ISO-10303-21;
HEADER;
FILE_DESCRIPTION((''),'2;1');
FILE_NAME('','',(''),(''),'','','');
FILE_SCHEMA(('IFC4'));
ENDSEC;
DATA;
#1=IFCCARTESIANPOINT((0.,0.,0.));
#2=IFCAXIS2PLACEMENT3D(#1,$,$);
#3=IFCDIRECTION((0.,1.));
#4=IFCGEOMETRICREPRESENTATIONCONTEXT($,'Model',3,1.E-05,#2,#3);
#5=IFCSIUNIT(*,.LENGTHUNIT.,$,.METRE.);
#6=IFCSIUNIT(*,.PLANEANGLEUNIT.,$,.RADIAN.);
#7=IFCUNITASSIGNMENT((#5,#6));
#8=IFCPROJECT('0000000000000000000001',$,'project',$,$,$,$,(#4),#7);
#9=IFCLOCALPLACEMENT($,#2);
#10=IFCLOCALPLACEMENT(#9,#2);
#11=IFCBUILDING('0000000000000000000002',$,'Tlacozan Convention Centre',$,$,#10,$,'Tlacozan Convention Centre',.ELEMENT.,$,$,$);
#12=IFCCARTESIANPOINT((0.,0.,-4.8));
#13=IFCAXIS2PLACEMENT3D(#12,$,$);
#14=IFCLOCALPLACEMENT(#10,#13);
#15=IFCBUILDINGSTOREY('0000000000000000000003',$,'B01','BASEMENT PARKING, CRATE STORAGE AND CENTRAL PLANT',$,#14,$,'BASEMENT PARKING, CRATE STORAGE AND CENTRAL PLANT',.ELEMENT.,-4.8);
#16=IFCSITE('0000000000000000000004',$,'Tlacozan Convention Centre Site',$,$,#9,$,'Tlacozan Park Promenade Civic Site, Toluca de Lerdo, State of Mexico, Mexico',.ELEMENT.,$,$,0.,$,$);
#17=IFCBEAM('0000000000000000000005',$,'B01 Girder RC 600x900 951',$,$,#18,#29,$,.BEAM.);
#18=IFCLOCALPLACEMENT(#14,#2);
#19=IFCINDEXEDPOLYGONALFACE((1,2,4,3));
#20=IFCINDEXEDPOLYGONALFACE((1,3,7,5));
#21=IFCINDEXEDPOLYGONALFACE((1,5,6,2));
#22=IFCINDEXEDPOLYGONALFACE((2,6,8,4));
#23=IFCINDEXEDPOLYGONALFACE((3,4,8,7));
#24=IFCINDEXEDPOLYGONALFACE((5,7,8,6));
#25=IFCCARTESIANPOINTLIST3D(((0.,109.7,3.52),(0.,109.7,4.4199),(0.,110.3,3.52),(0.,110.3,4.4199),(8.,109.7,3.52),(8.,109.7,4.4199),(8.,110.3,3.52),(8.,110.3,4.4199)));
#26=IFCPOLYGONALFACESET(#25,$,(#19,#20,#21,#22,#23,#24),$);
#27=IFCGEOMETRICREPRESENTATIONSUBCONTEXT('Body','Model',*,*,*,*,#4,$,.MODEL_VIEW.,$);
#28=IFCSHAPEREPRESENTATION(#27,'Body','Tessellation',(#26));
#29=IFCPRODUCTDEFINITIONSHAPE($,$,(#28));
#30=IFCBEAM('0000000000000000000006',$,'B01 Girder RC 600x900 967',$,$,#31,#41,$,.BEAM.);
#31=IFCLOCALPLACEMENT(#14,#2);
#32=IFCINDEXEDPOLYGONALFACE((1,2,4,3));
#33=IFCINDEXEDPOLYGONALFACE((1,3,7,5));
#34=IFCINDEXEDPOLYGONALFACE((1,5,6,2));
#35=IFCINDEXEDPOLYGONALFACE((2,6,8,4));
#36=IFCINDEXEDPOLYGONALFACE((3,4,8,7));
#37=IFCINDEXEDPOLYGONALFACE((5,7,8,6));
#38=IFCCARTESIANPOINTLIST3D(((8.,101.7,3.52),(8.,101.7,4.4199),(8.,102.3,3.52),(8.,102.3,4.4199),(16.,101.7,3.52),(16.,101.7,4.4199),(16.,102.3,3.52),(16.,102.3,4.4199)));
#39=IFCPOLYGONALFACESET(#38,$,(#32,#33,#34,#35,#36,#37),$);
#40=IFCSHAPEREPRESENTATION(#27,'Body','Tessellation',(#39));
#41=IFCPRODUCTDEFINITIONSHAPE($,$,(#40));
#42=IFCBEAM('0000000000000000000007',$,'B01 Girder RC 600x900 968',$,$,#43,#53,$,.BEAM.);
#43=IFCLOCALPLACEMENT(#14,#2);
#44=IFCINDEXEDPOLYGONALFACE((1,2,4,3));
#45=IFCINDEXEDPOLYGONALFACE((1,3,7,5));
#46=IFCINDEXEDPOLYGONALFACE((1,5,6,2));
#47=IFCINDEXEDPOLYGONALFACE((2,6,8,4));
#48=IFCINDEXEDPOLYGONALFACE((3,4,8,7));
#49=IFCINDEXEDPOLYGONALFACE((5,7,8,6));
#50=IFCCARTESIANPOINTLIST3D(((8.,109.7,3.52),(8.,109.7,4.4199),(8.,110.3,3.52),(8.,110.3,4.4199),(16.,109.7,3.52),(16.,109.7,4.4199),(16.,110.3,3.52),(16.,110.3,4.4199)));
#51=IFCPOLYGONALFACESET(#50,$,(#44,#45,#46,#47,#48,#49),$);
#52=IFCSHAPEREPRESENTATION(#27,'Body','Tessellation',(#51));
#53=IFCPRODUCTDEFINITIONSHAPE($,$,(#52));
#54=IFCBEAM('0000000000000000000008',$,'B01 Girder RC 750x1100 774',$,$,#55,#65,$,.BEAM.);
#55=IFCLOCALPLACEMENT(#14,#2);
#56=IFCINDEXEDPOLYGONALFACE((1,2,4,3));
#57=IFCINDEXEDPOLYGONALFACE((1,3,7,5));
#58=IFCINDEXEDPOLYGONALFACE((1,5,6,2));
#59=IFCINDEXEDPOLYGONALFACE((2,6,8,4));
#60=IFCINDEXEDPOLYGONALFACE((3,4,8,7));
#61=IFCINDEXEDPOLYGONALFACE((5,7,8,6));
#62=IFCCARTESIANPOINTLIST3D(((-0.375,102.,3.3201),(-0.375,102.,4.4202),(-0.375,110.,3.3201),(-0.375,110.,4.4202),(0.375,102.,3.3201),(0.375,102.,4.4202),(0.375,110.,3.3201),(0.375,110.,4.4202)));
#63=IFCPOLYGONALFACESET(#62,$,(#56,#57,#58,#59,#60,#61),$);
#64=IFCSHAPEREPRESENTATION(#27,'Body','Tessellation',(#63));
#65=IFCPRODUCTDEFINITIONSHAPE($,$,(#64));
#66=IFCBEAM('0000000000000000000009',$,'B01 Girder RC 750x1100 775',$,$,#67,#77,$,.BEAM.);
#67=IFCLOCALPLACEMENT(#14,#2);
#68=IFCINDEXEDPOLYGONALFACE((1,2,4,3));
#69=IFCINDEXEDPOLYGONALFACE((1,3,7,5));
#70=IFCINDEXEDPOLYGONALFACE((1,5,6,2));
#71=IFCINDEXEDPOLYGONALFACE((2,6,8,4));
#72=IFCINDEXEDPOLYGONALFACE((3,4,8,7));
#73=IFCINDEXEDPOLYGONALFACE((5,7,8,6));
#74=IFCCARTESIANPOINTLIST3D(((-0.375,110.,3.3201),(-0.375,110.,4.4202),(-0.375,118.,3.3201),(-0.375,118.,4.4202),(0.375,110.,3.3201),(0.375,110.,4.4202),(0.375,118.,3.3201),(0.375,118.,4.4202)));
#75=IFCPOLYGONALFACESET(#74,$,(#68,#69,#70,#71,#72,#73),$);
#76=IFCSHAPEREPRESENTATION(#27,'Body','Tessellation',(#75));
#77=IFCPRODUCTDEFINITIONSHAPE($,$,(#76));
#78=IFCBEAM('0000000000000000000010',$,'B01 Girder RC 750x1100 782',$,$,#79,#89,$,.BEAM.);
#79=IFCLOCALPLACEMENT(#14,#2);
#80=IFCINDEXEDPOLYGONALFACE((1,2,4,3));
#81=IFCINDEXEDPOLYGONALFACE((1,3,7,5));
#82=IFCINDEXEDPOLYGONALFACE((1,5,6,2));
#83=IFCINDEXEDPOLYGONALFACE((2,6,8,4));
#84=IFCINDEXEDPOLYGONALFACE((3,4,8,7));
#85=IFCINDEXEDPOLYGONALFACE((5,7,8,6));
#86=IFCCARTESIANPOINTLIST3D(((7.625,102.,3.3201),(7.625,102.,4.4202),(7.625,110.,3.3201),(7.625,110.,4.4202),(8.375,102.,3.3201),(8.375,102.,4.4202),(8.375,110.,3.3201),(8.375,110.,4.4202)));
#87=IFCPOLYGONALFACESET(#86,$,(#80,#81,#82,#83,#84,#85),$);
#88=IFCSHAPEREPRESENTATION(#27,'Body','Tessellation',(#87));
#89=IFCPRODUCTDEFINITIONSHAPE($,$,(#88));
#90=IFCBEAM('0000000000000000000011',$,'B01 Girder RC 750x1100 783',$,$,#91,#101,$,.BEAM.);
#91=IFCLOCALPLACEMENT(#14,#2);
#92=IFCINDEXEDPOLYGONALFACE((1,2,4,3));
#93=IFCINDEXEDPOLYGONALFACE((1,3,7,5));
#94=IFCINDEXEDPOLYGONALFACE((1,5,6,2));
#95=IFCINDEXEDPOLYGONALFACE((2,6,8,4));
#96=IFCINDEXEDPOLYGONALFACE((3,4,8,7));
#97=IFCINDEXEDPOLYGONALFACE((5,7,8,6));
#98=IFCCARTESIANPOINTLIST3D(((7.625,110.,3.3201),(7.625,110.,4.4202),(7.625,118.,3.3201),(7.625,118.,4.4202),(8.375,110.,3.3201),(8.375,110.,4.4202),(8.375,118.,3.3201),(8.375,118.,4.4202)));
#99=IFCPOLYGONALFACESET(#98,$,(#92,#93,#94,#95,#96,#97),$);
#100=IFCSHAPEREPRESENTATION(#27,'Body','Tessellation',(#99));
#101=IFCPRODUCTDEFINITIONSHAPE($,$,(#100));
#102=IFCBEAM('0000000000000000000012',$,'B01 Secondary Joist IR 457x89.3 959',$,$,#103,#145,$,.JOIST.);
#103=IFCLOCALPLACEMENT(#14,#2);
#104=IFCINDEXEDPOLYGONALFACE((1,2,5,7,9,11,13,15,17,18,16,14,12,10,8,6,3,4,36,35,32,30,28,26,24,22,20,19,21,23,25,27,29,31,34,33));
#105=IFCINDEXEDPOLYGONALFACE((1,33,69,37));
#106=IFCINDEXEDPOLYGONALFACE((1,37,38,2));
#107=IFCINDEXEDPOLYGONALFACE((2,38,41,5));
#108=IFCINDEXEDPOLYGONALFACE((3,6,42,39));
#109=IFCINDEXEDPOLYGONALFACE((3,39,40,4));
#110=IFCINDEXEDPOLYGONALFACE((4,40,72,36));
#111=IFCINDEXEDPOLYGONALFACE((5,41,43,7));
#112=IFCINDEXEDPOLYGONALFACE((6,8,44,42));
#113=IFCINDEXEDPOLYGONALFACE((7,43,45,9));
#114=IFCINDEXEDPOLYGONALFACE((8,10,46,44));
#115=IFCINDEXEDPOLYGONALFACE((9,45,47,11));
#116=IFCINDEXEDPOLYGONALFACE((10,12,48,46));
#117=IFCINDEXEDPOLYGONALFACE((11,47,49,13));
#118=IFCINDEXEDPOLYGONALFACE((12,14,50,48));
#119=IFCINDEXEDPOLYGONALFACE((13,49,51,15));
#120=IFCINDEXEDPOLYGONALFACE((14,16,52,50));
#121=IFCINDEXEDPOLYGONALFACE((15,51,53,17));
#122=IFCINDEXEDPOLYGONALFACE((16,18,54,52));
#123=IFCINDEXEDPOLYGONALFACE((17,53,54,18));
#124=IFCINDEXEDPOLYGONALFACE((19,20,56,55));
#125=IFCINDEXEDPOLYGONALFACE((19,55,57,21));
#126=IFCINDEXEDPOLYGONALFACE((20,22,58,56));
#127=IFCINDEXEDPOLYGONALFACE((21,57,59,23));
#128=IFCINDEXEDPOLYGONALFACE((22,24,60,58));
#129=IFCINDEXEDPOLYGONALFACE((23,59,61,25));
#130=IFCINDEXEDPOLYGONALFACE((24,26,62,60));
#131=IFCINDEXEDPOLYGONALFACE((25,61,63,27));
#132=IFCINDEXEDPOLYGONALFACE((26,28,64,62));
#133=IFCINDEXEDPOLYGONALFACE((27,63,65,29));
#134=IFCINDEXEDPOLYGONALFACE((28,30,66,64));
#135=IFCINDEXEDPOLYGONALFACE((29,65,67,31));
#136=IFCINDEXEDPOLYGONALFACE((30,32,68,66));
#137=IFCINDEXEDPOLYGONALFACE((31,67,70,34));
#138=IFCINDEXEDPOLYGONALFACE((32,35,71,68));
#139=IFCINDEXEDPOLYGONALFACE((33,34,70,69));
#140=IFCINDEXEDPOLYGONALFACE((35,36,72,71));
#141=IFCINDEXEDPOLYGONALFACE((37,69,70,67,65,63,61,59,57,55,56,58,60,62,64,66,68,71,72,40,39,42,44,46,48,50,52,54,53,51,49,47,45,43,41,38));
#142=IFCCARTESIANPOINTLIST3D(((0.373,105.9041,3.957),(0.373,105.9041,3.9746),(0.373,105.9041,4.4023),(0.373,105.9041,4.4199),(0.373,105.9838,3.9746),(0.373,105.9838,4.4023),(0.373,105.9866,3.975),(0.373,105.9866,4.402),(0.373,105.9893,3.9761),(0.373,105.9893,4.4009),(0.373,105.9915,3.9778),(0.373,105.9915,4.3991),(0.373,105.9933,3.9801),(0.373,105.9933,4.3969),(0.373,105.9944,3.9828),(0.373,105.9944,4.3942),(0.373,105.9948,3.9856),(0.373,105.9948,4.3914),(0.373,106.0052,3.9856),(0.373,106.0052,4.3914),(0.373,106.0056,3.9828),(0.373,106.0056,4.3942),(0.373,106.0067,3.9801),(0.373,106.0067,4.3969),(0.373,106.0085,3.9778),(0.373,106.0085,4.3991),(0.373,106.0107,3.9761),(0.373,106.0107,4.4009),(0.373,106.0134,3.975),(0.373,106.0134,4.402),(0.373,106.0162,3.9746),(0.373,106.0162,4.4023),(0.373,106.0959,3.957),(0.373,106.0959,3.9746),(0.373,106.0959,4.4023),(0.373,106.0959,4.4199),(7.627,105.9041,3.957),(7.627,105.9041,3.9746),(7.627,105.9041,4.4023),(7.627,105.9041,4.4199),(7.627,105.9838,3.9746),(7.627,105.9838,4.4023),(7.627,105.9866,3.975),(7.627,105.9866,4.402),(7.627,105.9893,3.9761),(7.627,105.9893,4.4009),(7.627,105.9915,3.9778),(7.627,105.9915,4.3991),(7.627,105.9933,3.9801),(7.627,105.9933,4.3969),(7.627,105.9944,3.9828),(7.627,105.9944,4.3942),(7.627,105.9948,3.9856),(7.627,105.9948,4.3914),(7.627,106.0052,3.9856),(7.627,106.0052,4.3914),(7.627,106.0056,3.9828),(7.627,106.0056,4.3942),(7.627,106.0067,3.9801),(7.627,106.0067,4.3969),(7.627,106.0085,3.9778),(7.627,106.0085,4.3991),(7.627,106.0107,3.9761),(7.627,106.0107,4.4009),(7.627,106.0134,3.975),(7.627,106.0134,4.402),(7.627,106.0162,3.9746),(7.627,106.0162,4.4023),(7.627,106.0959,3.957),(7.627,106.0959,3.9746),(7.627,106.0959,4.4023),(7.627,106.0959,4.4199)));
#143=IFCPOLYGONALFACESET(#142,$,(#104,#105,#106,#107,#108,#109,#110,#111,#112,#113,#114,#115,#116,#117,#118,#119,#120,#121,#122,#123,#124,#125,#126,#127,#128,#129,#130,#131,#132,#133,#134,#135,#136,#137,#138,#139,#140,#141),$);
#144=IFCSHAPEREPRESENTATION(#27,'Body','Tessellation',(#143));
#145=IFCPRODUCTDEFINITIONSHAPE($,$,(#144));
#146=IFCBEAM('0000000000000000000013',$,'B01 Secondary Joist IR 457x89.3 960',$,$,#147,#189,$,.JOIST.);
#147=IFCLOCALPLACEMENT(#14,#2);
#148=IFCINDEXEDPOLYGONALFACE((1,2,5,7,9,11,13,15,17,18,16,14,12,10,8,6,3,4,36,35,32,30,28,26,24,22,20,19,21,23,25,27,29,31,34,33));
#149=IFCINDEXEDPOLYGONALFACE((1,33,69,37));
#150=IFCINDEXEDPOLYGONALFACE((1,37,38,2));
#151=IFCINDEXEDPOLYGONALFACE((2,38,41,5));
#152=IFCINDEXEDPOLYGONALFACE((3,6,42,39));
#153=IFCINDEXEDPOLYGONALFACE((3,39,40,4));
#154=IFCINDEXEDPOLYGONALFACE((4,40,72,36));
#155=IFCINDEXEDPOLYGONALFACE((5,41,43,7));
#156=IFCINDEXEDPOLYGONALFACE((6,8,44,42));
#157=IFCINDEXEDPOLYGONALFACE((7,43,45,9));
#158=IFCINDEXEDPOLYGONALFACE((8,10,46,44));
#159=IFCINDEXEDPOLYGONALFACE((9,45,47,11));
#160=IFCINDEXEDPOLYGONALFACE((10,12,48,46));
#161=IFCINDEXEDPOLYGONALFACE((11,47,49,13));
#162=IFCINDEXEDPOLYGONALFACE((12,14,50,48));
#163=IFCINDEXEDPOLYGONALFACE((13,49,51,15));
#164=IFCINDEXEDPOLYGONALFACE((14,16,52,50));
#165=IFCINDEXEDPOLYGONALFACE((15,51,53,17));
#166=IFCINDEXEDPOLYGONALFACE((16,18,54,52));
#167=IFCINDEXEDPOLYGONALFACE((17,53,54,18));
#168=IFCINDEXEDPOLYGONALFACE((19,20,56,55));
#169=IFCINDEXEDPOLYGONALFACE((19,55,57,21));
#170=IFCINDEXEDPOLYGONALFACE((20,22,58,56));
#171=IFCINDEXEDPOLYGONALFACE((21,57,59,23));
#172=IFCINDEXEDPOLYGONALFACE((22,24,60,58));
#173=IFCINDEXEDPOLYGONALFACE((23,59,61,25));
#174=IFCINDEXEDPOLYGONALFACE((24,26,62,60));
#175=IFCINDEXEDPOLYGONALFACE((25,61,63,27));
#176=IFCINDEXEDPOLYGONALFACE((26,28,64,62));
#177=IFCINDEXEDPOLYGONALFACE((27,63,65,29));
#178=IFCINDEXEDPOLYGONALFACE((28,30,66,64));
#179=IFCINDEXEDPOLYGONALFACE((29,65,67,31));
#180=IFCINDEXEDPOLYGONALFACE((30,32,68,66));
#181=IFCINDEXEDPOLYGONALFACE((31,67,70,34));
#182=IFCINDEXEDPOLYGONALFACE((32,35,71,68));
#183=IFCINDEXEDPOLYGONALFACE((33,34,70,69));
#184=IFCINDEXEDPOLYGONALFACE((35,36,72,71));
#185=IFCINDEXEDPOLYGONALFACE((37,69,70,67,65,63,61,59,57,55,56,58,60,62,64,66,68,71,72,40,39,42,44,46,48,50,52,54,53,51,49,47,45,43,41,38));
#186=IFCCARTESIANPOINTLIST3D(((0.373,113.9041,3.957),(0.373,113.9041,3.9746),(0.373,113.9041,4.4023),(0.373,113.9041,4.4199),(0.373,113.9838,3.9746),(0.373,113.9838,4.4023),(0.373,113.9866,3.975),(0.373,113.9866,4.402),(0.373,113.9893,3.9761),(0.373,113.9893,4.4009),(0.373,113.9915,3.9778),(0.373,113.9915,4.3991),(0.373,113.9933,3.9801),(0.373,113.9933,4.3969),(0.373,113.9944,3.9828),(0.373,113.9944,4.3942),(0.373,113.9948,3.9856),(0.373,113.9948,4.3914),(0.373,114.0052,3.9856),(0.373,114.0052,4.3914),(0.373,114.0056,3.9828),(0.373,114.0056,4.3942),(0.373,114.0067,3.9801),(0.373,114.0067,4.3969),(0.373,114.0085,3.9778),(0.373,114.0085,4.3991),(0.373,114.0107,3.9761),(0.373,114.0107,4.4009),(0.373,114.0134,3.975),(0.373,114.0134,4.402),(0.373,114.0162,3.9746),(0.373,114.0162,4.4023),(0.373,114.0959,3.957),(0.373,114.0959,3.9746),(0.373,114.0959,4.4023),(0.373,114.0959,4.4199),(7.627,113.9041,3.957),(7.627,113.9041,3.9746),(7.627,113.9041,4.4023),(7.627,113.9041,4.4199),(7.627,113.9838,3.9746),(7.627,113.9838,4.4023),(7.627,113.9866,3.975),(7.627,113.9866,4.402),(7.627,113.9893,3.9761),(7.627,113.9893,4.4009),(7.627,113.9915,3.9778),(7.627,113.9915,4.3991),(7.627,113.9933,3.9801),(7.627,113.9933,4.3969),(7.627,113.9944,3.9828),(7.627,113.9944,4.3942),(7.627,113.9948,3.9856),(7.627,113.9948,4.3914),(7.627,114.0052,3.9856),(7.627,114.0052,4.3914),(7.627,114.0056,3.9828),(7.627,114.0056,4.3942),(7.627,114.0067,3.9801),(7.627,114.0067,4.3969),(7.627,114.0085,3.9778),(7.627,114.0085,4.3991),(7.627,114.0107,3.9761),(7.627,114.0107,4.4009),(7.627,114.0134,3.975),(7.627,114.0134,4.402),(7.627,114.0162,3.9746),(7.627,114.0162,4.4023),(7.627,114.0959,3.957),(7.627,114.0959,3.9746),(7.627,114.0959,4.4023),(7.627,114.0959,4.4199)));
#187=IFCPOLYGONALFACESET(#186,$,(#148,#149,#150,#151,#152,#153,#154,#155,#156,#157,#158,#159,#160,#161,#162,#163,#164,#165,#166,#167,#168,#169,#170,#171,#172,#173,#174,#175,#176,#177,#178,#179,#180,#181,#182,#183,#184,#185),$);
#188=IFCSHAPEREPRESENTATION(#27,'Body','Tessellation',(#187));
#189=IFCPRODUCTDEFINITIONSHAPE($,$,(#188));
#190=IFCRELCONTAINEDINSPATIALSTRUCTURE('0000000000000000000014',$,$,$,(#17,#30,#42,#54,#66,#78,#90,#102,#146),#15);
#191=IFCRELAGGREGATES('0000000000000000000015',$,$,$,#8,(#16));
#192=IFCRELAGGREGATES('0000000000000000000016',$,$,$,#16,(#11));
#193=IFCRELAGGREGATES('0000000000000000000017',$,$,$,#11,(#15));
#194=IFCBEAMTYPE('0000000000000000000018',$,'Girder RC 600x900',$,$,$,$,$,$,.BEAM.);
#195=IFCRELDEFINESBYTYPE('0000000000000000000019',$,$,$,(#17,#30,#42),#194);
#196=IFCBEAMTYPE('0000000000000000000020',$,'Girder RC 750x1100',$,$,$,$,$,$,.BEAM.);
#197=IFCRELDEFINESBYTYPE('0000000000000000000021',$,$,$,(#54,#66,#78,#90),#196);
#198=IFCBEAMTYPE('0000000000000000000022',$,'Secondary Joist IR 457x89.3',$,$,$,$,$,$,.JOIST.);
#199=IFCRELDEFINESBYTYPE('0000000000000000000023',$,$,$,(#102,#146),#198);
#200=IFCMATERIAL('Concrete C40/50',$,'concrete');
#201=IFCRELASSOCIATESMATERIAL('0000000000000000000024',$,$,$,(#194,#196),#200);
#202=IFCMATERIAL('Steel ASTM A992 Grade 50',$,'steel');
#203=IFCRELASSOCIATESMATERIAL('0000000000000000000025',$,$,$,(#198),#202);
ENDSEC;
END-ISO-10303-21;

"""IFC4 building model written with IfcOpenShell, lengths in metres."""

from ifc_helpers import new_model, si_unit, direction, frame, origin, origin_2d, place, context, subcontext, project, spatial, rectangle, i_section, extrude, material, material_profile, profile_set, type_object, element, save


model = new_model("IFC4")

# Units and contexts
model_context = context("Model", 3, precision=1e-05, world=origin(), true_north=direction((0.0, 1.0)))
body_context = subcontext(model_context, "Body", "Model", "MODEL_VIEW")
ifc_project = project(units=[si_unit("LENGTHUNIT", "METRE"), si_unit("PLANEANGLEUNIT", "RADIAN")], contexts=[model_context])

# Site, building, storey
site_placement = place(None, origin())
site = spatial("IfcSite", under=ifc_project, at=site_placement, Name="Tlacozan Convention Centre Site", LongName="Tlacozan Park Promenade Civic Site, Toluca de Lerdo, State of Mexico, Mexico", CompositionType="ELEMENT", RefElevation=0.0)
building_placement = place(site_placement, origin())
building = spatial("IfcBuilding", under=site, at=building_placement, Name="Tlacozan Convention Centre", LongName="Tlacozan Convention Centre", CompositionType="ELEMENT")
storey_placement = place(building_placement, frame((0.0, 0.0, -4.8)))
storey = spatial("IfcBuildingStorey", under=building, at=storey_placement, Name="B01", Description="BASEMENT PARKING, CRATE STORAGE AND CENTRAL PLANT", LongName="BASEMENT PARKING, CRATE STORAGE AND CENTRAL PLANT", CompositionType="ELEMENT", Elevation=-4.8)

# Shared definitions
ifc_material_1 = material(Name="Concrete C40/50", Category="concrete")

# Beams
ifc_material_profile_1 = material_profile(ifc_material_1, rectangle(XDim=0.6001, YDim=0.8999, at=origin_2d()), Name="RC 600x900")
ifc_profile_set_1 = profile_set([ifc_material_profile_1], Name="Concrete C40/50")
beam_type_1 = type_object("IfcBeamType", Name="Girder RC 600x900", PredefinedType="BEAM", material=ifc_profile_set_1)
for number, where, z_axis, x_axis, name in (
    (1, (0.0, 110.0, 3.97), (1.0, 0.0, 0.0), (0.0, 1.0, 0.0), "B01 Girder RC 600x900 951"),
    (2, (8.0, 102.0, 3.97), (1.0, 0.0, 0.0), (0.0, 1.0, 0.0), "B01 Girder RC 600x900 967"),
    (3, (8.0, 110.0, 3.97), (1.0, 0.0, 0.0), (0.0, 1.0, 0.0), "B01 Girder RC 600x900 968"),
):
    element("IfcBeam", number, at=place(storey_placement, frame(where, z_axis=z_axis, x_axis=x_axis)), inside=storey, type_object=beam_type_1, Name=name, PredefinedType="BEAM", context=body_context, shape_type="SweptSolid", body=[
        extrude(rectangle(XDim=0.6001, YDim=0.8999, at=origin_2d()), origin(), (0.0, 0.0, 1.0), 8.0),
    ])
ifc_material_profile_2 = material_profile(ifc_material_1, rectangle(XDim=0.75, YDim=1.1001, at=origin_2d()), Name="RC 750x1100")
ifc_profile_set_2 = profile_set([ifc_material_profile_2], Name="Concrete C40/50")
beam_type_2 = type_object("IfcBeamType", Name="Girder RC 750x1100", PredefinedType="BEAM", material=ifc_profile_set_2)
for number, where, z_axis, x_axis, name in (
    (4, (0.0, 102.0, 3.8701), (0.0, 1.0, 0.0), (-1.0, 0.0, 0.0), "B01 Girder RC 750x1100 774"),
    (5, (0.0, 110.0, 3.8701), (0.0, 1.0, 0.0), (-1.0, 0.0, 0.0), "B01 Girder RC 750x1100 775"),
    (6, (8.0, 102.0, 3.8701), (0.0, 1.0, 0.0), (-1.0, 0.0, 0.0), "B01 Girder RC 750x1100 782"),
    (7, (8.0, 110.0, 3.8701), (0.0, 1.0, 0.0), (-1.0, 0.0, 0.0), "B01 Girder RC 750x1100 783"),
):
    element("IfcBeam", number, at=place(storey_placement, frame(where, z_axis=z_axis, x_axis=x_axis)), inside=storey, type_object=beam_type_2, Name=name, PredefinedType="BEAM", context=body_context, shape_type="SweptSolid", body=[
        extrude(rectangle(XDim=0.75, YDim=1.1001, at=origin_2d()), origin(), (0.0, 0.0, 1.0), 8.0),
    ])
ifc_material_2 = material(Name="Steel ASTM A992 Grade 50", Category="steel")
ifc_material_profile_3 = material_profile(ifc_material_2, i_section(OverallWidth=0.1919, OverallDepth=0.4629, WebThickness=0.0105, FlangeThickness=0.0176, FilletRadius=0.011, at=origin_2d()), Name="IR 457x89.3")
ifc_profile_set_3 = profile_set([ifc_material_profile_3], Name="Steel ASTM A992 Grade 50")
beam_type_3 = type_object("IfcBeamType", Name="Secondary Joist IR 457x89.3", PredefinedType="JOIST", material=ifc_profile_set_3)
for number, where, z_axis, x_axis, name in (
    (8, (0.373, 106.0, 4.1885), (1.0, 0.0, 0.0), (0.0, 1.0, 0.0), "B01 Secondary Joist IR 457x89.3 959"),
    (9, (0.373, 114.0, 4.1885), (1.0, 0.0, 0.0), (0.0, 1.0, 0.0), "B01 Secondary Joist IR 457x89.3 960"),
):
    element("IfcBeam", number, at=place(storey_placement, frame(where, z_axis=z_axis, x_axis=x_axis)), inside=storey, type_object=beam_type_3, Name=name, PredefinedType="JOIST", context=body_context, shape_type="SweptSolid", body=[
        extrude(i_section(OverallWidth=0.1919, OverallDepth=0.4629, WebThickness=0.0105, FlangeThickness=0.0176, FilletRadius=0.011, at=origin_2d()), origin(), (0.0, 0.0, 1.0), 7.2539),
    ])

save(model, "model.ifc")
